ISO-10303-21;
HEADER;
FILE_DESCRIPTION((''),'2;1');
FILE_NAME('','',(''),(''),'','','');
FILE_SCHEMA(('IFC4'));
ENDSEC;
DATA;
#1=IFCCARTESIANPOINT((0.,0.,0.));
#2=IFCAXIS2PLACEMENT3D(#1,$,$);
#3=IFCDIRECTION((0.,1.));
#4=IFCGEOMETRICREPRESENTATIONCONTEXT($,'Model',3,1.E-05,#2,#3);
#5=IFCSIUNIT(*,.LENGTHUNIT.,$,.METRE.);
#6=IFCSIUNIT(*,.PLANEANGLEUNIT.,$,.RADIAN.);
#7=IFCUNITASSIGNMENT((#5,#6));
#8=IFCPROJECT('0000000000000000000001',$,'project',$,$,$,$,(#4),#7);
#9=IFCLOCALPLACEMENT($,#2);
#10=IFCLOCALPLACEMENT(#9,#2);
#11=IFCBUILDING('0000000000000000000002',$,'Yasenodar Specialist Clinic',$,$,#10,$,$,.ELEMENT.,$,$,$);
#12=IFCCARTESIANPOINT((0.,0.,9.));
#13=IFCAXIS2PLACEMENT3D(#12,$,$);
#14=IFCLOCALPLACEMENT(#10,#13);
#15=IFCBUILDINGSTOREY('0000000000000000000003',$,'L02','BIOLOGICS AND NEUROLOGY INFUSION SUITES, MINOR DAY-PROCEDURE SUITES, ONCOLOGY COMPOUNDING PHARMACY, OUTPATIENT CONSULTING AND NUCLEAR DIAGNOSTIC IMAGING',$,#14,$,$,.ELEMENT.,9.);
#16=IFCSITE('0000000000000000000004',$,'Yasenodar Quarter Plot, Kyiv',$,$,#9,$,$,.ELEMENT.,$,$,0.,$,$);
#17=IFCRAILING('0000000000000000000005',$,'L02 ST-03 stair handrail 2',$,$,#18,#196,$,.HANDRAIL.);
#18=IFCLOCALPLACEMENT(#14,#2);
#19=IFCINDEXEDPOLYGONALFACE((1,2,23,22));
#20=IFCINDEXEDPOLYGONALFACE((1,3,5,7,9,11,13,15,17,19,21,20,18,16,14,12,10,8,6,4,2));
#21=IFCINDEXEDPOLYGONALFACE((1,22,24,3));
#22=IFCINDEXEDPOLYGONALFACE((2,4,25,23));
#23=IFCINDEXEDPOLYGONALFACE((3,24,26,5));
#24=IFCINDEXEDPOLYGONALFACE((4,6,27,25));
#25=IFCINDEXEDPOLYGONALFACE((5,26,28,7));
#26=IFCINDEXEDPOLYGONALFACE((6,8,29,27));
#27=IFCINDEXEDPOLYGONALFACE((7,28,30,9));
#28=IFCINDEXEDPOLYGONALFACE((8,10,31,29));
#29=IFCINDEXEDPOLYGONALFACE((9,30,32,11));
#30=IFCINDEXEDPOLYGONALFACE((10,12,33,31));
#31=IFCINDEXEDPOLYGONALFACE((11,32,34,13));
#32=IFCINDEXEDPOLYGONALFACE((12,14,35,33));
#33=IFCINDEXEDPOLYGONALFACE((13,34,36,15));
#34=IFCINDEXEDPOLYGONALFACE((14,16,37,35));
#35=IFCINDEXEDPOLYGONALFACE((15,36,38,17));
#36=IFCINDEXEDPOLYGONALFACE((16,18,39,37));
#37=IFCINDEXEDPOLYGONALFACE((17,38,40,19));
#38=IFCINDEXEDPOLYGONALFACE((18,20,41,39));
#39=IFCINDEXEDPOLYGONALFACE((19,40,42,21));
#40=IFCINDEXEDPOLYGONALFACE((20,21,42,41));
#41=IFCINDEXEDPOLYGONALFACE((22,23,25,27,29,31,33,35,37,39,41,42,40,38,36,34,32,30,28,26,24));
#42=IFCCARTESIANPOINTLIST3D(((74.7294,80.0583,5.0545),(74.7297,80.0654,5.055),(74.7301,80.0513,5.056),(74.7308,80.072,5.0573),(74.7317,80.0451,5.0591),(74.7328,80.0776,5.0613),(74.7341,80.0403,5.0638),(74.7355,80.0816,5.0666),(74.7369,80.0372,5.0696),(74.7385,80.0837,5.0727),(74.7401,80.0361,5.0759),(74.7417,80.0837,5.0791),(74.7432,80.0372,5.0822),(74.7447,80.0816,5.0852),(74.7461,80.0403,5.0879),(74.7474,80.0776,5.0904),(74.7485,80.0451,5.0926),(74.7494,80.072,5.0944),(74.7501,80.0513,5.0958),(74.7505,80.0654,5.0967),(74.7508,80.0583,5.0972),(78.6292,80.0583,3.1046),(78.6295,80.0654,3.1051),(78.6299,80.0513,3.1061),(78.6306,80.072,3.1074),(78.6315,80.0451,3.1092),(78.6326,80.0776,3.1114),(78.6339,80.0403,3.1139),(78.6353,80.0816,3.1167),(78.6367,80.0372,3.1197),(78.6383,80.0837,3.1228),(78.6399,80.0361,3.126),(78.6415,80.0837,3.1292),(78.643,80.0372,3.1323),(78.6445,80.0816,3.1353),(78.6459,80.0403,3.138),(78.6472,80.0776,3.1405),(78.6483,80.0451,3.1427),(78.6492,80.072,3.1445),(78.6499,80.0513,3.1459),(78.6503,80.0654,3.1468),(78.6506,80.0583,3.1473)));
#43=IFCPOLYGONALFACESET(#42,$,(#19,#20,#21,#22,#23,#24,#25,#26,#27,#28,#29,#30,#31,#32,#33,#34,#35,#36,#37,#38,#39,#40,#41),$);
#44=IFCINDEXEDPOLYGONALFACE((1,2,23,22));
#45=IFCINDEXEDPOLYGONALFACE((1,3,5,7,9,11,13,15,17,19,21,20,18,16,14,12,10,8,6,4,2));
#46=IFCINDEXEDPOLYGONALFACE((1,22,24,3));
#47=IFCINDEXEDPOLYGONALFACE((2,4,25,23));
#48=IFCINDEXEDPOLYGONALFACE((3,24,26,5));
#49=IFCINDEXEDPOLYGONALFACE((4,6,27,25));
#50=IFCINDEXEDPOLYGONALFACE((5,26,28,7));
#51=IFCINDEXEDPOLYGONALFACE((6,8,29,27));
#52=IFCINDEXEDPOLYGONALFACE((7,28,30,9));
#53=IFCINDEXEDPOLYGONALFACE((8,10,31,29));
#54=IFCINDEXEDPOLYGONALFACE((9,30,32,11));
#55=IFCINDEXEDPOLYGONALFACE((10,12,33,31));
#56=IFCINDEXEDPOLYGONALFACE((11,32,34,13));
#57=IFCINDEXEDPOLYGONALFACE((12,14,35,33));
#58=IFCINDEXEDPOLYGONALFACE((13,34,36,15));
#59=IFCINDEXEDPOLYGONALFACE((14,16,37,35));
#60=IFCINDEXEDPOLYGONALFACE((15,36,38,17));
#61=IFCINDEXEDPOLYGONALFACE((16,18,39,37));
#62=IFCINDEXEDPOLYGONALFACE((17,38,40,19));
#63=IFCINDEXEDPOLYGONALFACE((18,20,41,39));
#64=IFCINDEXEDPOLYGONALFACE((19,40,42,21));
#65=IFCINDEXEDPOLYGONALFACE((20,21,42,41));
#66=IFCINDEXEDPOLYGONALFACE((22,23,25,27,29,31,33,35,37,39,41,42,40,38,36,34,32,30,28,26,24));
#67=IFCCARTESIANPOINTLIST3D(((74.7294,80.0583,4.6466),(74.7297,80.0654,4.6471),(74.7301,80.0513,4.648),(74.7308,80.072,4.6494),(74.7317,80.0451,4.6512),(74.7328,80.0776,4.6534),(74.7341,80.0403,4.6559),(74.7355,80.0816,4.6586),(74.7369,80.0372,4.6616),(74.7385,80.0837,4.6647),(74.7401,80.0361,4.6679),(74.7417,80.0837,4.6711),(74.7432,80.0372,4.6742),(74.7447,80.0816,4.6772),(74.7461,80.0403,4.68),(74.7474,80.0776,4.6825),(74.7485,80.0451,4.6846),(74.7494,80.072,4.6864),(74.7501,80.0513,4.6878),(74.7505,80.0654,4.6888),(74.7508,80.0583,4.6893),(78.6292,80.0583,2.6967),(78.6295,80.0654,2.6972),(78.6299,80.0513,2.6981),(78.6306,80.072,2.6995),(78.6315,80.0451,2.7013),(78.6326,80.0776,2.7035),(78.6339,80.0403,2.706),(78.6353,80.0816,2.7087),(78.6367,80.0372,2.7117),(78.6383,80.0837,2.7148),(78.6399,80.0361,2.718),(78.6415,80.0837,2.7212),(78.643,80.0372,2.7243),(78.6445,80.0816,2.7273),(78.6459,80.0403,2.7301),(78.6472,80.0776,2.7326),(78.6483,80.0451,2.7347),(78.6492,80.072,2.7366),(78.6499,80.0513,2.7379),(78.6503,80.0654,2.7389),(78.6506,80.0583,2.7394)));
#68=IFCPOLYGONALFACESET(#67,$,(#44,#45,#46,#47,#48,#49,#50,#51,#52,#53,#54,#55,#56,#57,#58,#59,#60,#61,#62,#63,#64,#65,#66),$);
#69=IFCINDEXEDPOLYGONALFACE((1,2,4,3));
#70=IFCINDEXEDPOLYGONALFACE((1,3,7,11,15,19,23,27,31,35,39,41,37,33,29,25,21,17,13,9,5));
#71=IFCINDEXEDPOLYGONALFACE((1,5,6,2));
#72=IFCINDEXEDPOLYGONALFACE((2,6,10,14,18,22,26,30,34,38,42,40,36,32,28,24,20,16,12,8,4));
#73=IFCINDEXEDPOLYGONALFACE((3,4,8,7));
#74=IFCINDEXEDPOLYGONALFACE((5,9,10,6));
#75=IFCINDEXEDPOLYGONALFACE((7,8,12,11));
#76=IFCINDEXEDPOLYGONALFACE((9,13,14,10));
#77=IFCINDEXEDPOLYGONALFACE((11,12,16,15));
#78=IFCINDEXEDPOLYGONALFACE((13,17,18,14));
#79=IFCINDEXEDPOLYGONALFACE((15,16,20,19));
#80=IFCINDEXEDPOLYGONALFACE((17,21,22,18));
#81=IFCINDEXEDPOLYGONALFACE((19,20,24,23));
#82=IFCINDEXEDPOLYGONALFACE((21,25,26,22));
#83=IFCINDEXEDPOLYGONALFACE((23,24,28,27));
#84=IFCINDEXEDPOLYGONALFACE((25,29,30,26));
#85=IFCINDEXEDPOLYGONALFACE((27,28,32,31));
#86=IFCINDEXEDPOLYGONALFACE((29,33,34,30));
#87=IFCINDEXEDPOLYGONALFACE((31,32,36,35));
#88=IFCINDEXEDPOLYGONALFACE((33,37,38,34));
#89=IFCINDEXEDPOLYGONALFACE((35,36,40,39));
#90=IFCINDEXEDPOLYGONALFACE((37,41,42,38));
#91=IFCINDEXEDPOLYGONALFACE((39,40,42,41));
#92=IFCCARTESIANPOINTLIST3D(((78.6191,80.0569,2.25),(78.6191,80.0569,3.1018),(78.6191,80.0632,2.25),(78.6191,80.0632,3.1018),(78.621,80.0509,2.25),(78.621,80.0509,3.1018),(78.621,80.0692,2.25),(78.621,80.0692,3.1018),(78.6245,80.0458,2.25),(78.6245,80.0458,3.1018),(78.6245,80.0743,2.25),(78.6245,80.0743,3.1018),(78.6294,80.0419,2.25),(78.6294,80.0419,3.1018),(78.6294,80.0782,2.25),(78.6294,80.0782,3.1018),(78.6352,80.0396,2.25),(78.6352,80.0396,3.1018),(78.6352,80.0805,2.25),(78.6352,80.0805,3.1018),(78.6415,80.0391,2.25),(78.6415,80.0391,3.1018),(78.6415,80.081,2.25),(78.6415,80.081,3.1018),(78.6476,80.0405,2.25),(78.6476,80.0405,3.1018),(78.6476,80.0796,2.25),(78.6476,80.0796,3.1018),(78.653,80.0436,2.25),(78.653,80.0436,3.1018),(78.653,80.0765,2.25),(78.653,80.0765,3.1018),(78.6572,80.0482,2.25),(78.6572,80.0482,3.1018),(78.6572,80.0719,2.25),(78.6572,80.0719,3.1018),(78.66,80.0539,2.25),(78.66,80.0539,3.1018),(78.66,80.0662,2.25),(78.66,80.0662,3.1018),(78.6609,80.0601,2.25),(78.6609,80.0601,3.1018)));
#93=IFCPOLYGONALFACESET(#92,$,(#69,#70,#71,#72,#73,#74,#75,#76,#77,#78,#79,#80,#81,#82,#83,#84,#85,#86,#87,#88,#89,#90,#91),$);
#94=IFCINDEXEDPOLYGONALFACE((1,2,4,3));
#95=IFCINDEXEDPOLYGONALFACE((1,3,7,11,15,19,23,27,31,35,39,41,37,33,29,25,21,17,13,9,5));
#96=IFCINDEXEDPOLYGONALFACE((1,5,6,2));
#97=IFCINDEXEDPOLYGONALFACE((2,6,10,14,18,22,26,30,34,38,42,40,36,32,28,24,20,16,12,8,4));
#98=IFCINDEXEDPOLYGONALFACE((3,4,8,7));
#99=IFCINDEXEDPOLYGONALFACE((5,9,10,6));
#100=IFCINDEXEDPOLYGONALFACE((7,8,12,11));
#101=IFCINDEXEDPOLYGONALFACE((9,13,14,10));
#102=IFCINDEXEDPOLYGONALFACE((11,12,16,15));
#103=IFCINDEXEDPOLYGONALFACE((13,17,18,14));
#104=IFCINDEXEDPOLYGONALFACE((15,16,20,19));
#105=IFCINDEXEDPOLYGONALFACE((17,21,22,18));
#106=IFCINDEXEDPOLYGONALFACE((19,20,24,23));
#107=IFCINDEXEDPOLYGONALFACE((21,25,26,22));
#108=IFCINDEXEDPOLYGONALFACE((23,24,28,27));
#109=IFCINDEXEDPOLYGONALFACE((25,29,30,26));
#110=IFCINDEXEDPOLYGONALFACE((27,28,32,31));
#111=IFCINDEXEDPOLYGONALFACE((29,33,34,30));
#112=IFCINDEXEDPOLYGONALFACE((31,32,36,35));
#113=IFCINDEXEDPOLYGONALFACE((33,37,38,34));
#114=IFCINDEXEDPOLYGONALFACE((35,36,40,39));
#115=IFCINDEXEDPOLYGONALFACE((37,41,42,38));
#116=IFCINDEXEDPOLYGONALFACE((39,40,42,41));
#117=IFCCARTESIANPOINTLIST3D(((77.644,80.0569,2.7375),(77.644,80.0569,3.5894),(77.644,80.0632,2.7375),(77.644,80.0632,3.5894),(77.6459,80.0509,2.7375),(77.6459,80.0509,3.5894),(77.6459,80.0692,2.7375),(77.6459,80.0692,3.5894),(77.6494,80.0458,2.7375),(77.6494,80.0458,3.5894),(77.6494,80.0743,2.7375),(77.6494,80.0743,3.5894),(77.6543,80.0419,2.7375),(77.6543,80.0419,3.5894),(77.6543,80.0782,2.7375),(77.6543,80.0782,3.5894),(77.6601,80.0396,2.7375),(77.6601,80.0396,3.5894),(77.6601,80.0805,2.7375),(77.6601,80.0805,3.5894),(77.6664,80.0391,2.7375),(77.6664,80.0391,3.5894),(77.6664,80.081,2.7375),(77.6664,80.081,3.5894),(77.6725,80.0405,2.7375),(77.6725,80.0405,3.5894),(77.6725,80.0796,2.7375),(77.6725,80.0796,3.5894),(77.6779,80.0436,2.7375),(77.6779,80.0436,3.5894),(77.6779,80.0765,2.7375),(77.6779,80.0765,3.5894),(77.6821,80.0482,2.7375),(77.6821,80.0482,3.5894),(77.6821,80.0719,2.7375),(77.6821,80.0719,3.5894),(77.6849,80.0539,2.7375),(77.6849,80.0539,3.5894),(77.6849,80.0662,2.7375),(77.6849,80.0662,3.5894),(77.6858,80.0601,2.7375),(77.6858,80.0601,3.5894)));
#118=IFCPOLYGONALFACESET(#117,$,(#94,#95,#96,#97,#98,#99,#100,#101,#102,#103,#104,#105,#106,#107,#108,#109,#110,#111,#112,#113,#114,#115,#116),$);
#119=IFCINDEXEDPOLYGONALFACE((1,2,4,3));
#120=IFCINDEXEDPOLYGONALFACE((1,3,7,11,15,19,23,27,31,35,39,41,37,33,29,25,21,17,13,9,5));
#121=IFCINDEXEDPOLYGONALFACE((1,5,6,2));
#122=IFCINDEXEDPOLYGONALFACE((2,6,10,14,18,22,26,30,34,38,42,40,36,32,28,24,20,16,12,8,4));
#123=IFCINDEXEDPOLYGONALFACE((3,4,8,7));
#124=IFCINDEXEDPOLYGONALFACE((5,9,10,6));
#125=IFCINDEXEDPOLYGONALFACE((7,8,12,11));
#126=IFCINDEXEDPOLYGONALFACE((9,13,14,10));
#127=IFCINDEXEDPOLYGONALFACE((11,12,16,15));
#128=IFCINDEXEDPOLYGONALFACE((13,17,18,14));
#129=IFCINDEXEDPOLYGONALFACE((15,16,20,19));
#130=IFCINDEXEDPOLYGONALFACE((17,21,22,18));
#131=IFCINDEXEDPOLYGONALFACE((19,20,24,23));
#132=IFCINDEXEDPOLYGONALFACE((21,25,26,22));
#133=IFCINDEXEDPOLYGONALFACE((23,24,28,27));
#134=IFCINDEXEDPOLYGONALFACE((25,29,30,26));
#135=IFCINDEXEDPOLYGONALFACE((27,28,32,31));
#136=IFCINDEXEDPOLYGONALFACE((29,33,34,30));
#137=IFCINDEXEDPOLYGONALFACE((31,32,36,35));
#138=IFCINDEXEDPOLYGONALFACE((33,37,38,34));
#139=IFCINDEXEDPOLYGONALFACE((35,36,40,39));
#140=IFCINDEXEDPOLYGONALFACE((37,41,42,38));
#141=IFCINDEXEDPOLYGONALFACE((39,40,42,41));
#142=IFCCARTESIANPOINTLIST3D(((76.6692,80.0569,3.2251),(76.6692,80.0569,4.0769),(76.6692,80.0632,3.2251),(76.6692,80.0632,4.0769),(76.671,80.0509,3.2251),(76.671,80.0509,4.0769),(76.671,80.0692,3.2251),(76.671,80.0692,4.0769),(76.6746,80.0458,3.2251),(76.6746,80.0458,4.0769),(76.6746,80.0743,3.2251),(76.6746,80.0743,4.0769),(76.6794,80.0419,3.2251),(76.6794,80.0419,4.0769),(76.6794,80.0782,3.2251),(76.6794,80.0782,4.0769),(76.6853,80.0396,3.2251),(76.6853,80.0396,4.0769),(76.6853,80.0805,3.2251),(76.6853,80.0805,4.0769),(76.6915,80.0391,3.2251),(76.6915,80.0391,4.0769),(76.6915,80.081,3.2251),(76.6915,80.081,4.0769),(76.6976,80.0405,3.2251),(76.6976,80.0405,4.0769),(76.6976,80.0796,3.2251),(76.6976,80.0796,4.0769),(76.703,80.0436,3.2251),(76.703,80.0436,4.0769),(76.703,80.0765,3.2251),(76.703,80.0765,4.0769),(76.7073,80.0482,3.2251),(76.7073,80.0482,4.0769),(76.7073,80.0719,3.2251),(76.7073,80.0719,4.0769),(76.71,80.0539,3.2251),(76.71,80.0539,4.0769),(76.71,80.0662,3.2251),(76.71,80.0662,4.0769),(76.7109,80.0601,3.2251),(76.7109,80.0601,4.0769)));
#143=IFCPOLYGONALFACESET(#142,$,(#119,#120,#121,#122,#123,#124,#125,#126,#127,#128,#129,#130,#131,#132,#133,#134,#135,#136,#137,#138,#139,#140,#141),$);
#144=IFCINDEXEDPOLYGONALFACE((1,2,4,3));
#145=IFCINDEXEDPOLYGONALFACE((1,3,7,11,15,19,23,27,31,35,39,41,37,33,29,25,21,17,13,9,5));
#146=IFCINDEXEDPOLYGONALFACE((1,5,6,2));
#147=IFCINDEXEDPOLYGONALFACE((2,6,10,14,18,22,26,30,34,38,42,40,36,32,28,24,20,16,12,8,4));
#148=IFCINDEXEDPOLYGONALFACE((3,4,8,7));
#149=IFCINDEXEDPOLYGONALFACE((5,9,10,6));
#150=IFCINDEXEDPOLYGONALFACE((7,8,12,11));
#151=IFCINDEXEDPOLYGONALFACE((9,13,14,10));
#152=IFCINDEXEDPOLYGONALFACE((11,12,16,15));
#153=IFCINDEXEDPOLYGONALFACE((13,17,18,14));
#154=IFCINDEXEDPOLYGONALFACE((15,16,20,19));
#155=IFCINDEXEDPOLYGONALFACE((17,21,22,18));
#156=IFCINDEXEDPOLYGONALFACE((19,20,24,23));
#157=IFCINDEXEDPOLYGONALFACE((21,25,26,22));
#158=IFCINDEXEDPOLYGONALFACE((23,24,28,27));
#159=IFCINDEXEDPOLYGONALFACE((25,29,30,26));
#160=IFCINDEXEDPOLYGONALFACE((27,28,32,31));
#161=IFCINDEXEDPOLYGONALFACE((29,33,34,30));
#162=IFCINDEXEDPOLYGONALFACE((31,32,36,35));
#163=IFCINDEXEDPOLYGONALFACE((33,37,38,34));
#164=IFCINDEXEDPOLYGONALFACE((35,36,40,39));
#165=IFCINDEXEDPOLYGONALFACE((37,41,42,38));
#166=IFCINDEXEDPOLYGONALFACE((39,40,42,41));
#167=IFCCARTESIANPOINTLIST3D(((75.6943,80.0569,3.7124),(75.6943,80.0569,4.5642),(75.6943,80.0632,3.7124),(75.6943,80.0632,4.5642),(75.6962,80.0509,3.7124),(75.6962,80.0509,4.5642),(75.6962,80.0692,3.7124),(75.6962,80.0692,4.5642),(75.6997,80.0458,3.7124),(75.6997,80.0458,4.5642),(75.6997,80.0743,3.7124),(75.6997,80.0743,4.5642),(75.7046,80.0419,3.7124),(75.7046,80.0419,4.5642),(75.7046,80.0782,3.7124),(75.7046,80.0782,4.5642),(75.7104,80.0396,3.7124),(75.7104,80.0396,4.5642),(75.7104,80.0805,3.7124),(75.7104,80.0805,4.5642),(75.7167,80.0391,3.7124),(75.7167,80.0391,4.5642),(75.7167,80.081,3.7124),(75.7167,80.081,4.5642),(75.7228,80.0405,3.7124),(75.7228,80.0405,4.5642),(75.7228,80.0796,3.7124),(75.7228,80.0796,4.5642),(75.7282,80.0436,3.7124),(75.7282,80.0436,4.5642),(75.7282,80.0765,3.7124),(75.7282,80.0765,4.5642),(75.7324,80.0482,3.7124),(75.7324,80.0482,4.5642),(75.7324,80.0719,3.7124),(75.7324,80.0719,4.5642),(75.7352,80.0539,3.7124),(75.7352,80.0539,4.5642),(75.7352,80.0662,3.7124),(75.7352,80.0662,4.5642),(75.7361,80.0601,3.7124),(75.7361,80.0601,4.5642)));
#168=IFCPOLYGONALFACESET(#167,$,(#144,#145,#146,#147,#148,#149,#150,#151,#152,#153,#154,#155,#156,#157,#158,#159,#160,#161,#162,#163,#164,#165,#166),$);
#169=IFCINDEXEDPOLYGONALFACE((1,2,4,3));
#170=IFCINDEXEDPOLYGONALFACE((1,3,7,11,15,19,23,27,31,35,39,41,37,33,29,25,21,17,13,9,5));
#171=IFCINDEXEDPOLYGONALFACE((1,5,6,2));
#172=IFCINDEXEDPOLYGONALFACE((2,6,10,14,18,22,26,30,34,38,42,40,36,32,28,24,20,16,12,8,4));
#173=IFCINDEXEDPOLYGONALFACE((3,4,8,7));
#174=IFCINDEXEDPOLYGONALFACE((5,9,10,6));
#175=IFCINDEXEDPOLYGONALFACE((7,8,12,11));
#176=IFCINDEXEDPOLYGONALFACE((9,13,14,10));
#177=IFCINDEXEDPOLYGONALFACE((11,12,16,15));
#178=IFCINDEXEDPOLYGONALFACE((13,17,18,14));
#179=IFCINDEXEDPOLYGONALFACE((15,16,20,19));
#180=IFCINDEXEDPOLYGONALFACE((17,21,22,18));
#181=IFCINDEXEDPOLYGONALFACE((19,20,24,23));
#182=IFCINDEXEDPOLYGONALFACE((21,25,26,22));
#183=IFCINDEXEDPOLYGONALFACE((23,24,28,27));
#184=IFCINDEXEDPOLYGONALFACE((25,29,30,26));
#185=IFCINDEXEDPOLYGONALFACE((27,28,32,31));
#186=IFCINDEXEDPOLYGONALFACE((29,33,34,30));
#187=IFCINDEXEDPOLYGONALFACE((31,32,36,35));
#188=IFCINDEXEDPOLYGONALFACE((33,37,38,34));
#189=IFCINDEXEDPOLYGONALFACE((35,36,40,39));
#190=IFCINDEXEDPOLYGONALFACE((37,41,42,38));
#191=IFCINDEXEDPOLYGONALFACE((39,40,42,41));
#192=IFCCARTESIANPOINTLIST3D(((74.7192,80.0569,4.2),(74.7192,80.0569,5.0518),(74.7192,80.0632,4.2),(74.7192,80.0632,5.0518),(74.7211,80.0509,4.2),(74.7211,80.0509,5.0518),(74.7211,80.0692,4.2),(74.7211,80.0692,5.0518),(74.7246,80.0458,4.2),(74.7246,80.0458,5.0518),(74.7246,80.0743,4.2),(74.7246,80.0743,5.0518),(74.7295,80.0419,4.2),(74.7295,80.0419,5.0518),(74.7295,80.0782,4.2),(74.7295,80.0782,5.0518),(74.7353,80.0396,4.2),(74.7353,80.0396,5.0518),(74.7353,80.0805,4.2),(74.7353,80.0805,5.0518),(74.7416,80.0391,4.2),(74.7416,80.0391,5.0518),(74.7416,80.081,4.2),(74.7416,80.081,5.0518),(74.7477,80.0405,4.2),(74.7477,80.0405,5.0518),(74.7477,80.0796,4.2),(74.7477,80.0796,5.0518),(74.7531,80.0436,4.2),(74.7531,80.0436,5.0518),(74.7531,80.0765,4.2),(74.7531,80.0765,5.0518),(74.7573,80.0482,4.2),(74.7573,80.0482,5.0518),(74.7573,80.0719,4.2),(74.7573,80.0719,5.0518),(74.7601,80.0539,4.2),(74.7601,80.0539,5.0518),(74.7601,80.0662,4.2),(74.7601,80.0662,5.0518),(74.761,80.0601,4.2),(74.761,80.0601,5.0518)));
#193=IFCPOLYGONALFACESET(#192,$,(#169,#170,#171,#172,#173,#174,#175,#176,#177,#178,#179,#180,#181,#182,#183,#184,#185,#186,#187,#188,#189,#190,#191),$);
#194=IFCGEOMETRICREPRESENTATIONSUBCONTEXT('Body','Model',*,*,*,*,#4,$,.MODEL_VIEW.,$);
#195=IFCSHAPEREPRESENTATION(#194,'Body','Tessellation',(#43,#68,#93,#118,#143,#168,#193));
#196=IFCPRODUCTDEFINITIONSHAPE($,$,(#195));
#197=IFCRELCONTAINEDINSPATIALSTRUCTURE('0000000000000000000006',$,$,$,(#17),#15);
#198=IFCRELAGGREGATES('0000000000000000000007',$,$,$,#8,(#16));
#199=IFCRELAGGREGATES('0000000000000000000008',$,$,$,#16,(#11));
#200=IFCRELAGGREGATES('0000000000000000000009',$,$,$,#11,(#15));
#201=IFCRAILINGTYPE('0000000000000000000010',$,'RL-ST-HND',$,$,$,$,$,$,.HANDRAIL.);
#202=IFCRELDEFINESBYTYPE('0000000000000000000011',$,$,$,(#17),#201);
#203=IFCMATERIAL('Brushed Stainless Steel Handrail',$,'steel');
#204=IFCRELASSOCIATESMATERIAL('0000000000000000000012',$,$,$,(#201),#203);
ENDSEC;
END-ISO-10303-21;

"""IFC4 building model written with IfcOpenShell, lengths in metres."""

from ifc_helpers import new_model, si_unit, direction, frame, origin, origin_2d, place, context, subcontext, project, spatial, circle, extrude, material, type_object, element, save


model = new_model("IFC4")

# Units and contexts
model_context = context("Model", 3, precision=1e-05, world=origin(), true_north=direction((0.0, 1.0)))
body_context = subcontext(model_context, "Body", "Model", "MODEL_VIEW")
ifc_project = project(units=[si_unit("LENGTHUNIT", "METRE"), si_unit("PLANEANGLEUNIT", "RADIAN")], contexts=[model_context])

# Site, building, storey
site_placement = place(None, origin())
site = spatial("IfcSite", under=ifc_project, at=site_placement, Name="Yasenodar Quarter Plot, Kyiv", CompositionType="ELEMENT", RefElevation=0.0)
building_placement = place(site_placement, origin())
building = spatial("IfcBuilding", under=site, at=building_placement, Name="Yasenodar Specialist Clinic", CompositionType="ELEMENT")
storey_placement = place(building_placement, frame((0.0, 0.0, 9.0)))
storey = spatial("IfcBuildingStorey", under=building, at=storey_placement, Name="L02", Description="BIOLOGICS AND NEUROLOGY INFUSION SUITES, MINOR DAY-PROCEDURE SUITES, ONCOLOGY COMPOUNDING PHARMACY, OUTPATIENT CONSULTING AND NUCLEAR DIAGNOSTIC IMAGING", CompositionType="ELEMENT", Elevation=9.0)

# Railing
ifc_material_1 = material(Name="Brushed Stainless Steel Handrail", Category="steel")
railing_type_1 = type_object("IfcRailingType", Name="RL-ST-HND", PredefinedType="HANDRAIL", material=ifc_material_1)
railing_1_placement = place(storey_placement, frame((78.6399, 80.0601, 2.25)))
element("IfcRailing", 1, at=railing_1_placement, inside=storey, type_object=railing_type_1, Name="L02 ST-03 stair handrail 2", PredefinedType="HANDRAIL", context=body_context, shape_type="SweptSolid", body=[
    extrude(circle(Radius=0.0239, at=origin_2d()), frame((0.0, 0.0, 0.876), z_axis=(-0.894427, 0.0, 0.447214), x_axis=(0.0, -1.0, 0.0)), (0.0, 0.0, 1.0), 4.3601),
    extrude(circle(Radius=0.0239, at=origin_2d()), frame((0.0, 0.0, 0.468), z_axis=(-0.894427, 0.0, 0.447214), x_axis=(0.0, -1.0, 0.0)), (0.0, 0.0, 1.0), 4.3601),
    extrude(circle(Radius=0.021, at=origin_2d()), origin(), (0.0, 0.0, 1.0), 0.8518),
    extrude(circle(Radius=0.021, at=origin_2d()), frame((-0.9751, 0.0, 0.4875)), (0.0, 0.0, 1.0), 0.8518),
    extrude(circle(Radius=0.021, at=origin_2d()), frame((-1.95, 0.0, 0.9751)), (0.0, 0.0, 1.0), 0.8518),
    extrude(circle(Radius=0.021, at=origin_2d()), frame((-2.9248, 0.0, 1.4624)), (0.0, 0.0, 1.0), 0.8518),
    extrude(circle(Radius=0.021, at=origin_2d()), frame((-3.8999, 0.0, 1.95)), (0.0, 0.0, 1.0), 0.8518),
])

save(model, "model.ifc")
